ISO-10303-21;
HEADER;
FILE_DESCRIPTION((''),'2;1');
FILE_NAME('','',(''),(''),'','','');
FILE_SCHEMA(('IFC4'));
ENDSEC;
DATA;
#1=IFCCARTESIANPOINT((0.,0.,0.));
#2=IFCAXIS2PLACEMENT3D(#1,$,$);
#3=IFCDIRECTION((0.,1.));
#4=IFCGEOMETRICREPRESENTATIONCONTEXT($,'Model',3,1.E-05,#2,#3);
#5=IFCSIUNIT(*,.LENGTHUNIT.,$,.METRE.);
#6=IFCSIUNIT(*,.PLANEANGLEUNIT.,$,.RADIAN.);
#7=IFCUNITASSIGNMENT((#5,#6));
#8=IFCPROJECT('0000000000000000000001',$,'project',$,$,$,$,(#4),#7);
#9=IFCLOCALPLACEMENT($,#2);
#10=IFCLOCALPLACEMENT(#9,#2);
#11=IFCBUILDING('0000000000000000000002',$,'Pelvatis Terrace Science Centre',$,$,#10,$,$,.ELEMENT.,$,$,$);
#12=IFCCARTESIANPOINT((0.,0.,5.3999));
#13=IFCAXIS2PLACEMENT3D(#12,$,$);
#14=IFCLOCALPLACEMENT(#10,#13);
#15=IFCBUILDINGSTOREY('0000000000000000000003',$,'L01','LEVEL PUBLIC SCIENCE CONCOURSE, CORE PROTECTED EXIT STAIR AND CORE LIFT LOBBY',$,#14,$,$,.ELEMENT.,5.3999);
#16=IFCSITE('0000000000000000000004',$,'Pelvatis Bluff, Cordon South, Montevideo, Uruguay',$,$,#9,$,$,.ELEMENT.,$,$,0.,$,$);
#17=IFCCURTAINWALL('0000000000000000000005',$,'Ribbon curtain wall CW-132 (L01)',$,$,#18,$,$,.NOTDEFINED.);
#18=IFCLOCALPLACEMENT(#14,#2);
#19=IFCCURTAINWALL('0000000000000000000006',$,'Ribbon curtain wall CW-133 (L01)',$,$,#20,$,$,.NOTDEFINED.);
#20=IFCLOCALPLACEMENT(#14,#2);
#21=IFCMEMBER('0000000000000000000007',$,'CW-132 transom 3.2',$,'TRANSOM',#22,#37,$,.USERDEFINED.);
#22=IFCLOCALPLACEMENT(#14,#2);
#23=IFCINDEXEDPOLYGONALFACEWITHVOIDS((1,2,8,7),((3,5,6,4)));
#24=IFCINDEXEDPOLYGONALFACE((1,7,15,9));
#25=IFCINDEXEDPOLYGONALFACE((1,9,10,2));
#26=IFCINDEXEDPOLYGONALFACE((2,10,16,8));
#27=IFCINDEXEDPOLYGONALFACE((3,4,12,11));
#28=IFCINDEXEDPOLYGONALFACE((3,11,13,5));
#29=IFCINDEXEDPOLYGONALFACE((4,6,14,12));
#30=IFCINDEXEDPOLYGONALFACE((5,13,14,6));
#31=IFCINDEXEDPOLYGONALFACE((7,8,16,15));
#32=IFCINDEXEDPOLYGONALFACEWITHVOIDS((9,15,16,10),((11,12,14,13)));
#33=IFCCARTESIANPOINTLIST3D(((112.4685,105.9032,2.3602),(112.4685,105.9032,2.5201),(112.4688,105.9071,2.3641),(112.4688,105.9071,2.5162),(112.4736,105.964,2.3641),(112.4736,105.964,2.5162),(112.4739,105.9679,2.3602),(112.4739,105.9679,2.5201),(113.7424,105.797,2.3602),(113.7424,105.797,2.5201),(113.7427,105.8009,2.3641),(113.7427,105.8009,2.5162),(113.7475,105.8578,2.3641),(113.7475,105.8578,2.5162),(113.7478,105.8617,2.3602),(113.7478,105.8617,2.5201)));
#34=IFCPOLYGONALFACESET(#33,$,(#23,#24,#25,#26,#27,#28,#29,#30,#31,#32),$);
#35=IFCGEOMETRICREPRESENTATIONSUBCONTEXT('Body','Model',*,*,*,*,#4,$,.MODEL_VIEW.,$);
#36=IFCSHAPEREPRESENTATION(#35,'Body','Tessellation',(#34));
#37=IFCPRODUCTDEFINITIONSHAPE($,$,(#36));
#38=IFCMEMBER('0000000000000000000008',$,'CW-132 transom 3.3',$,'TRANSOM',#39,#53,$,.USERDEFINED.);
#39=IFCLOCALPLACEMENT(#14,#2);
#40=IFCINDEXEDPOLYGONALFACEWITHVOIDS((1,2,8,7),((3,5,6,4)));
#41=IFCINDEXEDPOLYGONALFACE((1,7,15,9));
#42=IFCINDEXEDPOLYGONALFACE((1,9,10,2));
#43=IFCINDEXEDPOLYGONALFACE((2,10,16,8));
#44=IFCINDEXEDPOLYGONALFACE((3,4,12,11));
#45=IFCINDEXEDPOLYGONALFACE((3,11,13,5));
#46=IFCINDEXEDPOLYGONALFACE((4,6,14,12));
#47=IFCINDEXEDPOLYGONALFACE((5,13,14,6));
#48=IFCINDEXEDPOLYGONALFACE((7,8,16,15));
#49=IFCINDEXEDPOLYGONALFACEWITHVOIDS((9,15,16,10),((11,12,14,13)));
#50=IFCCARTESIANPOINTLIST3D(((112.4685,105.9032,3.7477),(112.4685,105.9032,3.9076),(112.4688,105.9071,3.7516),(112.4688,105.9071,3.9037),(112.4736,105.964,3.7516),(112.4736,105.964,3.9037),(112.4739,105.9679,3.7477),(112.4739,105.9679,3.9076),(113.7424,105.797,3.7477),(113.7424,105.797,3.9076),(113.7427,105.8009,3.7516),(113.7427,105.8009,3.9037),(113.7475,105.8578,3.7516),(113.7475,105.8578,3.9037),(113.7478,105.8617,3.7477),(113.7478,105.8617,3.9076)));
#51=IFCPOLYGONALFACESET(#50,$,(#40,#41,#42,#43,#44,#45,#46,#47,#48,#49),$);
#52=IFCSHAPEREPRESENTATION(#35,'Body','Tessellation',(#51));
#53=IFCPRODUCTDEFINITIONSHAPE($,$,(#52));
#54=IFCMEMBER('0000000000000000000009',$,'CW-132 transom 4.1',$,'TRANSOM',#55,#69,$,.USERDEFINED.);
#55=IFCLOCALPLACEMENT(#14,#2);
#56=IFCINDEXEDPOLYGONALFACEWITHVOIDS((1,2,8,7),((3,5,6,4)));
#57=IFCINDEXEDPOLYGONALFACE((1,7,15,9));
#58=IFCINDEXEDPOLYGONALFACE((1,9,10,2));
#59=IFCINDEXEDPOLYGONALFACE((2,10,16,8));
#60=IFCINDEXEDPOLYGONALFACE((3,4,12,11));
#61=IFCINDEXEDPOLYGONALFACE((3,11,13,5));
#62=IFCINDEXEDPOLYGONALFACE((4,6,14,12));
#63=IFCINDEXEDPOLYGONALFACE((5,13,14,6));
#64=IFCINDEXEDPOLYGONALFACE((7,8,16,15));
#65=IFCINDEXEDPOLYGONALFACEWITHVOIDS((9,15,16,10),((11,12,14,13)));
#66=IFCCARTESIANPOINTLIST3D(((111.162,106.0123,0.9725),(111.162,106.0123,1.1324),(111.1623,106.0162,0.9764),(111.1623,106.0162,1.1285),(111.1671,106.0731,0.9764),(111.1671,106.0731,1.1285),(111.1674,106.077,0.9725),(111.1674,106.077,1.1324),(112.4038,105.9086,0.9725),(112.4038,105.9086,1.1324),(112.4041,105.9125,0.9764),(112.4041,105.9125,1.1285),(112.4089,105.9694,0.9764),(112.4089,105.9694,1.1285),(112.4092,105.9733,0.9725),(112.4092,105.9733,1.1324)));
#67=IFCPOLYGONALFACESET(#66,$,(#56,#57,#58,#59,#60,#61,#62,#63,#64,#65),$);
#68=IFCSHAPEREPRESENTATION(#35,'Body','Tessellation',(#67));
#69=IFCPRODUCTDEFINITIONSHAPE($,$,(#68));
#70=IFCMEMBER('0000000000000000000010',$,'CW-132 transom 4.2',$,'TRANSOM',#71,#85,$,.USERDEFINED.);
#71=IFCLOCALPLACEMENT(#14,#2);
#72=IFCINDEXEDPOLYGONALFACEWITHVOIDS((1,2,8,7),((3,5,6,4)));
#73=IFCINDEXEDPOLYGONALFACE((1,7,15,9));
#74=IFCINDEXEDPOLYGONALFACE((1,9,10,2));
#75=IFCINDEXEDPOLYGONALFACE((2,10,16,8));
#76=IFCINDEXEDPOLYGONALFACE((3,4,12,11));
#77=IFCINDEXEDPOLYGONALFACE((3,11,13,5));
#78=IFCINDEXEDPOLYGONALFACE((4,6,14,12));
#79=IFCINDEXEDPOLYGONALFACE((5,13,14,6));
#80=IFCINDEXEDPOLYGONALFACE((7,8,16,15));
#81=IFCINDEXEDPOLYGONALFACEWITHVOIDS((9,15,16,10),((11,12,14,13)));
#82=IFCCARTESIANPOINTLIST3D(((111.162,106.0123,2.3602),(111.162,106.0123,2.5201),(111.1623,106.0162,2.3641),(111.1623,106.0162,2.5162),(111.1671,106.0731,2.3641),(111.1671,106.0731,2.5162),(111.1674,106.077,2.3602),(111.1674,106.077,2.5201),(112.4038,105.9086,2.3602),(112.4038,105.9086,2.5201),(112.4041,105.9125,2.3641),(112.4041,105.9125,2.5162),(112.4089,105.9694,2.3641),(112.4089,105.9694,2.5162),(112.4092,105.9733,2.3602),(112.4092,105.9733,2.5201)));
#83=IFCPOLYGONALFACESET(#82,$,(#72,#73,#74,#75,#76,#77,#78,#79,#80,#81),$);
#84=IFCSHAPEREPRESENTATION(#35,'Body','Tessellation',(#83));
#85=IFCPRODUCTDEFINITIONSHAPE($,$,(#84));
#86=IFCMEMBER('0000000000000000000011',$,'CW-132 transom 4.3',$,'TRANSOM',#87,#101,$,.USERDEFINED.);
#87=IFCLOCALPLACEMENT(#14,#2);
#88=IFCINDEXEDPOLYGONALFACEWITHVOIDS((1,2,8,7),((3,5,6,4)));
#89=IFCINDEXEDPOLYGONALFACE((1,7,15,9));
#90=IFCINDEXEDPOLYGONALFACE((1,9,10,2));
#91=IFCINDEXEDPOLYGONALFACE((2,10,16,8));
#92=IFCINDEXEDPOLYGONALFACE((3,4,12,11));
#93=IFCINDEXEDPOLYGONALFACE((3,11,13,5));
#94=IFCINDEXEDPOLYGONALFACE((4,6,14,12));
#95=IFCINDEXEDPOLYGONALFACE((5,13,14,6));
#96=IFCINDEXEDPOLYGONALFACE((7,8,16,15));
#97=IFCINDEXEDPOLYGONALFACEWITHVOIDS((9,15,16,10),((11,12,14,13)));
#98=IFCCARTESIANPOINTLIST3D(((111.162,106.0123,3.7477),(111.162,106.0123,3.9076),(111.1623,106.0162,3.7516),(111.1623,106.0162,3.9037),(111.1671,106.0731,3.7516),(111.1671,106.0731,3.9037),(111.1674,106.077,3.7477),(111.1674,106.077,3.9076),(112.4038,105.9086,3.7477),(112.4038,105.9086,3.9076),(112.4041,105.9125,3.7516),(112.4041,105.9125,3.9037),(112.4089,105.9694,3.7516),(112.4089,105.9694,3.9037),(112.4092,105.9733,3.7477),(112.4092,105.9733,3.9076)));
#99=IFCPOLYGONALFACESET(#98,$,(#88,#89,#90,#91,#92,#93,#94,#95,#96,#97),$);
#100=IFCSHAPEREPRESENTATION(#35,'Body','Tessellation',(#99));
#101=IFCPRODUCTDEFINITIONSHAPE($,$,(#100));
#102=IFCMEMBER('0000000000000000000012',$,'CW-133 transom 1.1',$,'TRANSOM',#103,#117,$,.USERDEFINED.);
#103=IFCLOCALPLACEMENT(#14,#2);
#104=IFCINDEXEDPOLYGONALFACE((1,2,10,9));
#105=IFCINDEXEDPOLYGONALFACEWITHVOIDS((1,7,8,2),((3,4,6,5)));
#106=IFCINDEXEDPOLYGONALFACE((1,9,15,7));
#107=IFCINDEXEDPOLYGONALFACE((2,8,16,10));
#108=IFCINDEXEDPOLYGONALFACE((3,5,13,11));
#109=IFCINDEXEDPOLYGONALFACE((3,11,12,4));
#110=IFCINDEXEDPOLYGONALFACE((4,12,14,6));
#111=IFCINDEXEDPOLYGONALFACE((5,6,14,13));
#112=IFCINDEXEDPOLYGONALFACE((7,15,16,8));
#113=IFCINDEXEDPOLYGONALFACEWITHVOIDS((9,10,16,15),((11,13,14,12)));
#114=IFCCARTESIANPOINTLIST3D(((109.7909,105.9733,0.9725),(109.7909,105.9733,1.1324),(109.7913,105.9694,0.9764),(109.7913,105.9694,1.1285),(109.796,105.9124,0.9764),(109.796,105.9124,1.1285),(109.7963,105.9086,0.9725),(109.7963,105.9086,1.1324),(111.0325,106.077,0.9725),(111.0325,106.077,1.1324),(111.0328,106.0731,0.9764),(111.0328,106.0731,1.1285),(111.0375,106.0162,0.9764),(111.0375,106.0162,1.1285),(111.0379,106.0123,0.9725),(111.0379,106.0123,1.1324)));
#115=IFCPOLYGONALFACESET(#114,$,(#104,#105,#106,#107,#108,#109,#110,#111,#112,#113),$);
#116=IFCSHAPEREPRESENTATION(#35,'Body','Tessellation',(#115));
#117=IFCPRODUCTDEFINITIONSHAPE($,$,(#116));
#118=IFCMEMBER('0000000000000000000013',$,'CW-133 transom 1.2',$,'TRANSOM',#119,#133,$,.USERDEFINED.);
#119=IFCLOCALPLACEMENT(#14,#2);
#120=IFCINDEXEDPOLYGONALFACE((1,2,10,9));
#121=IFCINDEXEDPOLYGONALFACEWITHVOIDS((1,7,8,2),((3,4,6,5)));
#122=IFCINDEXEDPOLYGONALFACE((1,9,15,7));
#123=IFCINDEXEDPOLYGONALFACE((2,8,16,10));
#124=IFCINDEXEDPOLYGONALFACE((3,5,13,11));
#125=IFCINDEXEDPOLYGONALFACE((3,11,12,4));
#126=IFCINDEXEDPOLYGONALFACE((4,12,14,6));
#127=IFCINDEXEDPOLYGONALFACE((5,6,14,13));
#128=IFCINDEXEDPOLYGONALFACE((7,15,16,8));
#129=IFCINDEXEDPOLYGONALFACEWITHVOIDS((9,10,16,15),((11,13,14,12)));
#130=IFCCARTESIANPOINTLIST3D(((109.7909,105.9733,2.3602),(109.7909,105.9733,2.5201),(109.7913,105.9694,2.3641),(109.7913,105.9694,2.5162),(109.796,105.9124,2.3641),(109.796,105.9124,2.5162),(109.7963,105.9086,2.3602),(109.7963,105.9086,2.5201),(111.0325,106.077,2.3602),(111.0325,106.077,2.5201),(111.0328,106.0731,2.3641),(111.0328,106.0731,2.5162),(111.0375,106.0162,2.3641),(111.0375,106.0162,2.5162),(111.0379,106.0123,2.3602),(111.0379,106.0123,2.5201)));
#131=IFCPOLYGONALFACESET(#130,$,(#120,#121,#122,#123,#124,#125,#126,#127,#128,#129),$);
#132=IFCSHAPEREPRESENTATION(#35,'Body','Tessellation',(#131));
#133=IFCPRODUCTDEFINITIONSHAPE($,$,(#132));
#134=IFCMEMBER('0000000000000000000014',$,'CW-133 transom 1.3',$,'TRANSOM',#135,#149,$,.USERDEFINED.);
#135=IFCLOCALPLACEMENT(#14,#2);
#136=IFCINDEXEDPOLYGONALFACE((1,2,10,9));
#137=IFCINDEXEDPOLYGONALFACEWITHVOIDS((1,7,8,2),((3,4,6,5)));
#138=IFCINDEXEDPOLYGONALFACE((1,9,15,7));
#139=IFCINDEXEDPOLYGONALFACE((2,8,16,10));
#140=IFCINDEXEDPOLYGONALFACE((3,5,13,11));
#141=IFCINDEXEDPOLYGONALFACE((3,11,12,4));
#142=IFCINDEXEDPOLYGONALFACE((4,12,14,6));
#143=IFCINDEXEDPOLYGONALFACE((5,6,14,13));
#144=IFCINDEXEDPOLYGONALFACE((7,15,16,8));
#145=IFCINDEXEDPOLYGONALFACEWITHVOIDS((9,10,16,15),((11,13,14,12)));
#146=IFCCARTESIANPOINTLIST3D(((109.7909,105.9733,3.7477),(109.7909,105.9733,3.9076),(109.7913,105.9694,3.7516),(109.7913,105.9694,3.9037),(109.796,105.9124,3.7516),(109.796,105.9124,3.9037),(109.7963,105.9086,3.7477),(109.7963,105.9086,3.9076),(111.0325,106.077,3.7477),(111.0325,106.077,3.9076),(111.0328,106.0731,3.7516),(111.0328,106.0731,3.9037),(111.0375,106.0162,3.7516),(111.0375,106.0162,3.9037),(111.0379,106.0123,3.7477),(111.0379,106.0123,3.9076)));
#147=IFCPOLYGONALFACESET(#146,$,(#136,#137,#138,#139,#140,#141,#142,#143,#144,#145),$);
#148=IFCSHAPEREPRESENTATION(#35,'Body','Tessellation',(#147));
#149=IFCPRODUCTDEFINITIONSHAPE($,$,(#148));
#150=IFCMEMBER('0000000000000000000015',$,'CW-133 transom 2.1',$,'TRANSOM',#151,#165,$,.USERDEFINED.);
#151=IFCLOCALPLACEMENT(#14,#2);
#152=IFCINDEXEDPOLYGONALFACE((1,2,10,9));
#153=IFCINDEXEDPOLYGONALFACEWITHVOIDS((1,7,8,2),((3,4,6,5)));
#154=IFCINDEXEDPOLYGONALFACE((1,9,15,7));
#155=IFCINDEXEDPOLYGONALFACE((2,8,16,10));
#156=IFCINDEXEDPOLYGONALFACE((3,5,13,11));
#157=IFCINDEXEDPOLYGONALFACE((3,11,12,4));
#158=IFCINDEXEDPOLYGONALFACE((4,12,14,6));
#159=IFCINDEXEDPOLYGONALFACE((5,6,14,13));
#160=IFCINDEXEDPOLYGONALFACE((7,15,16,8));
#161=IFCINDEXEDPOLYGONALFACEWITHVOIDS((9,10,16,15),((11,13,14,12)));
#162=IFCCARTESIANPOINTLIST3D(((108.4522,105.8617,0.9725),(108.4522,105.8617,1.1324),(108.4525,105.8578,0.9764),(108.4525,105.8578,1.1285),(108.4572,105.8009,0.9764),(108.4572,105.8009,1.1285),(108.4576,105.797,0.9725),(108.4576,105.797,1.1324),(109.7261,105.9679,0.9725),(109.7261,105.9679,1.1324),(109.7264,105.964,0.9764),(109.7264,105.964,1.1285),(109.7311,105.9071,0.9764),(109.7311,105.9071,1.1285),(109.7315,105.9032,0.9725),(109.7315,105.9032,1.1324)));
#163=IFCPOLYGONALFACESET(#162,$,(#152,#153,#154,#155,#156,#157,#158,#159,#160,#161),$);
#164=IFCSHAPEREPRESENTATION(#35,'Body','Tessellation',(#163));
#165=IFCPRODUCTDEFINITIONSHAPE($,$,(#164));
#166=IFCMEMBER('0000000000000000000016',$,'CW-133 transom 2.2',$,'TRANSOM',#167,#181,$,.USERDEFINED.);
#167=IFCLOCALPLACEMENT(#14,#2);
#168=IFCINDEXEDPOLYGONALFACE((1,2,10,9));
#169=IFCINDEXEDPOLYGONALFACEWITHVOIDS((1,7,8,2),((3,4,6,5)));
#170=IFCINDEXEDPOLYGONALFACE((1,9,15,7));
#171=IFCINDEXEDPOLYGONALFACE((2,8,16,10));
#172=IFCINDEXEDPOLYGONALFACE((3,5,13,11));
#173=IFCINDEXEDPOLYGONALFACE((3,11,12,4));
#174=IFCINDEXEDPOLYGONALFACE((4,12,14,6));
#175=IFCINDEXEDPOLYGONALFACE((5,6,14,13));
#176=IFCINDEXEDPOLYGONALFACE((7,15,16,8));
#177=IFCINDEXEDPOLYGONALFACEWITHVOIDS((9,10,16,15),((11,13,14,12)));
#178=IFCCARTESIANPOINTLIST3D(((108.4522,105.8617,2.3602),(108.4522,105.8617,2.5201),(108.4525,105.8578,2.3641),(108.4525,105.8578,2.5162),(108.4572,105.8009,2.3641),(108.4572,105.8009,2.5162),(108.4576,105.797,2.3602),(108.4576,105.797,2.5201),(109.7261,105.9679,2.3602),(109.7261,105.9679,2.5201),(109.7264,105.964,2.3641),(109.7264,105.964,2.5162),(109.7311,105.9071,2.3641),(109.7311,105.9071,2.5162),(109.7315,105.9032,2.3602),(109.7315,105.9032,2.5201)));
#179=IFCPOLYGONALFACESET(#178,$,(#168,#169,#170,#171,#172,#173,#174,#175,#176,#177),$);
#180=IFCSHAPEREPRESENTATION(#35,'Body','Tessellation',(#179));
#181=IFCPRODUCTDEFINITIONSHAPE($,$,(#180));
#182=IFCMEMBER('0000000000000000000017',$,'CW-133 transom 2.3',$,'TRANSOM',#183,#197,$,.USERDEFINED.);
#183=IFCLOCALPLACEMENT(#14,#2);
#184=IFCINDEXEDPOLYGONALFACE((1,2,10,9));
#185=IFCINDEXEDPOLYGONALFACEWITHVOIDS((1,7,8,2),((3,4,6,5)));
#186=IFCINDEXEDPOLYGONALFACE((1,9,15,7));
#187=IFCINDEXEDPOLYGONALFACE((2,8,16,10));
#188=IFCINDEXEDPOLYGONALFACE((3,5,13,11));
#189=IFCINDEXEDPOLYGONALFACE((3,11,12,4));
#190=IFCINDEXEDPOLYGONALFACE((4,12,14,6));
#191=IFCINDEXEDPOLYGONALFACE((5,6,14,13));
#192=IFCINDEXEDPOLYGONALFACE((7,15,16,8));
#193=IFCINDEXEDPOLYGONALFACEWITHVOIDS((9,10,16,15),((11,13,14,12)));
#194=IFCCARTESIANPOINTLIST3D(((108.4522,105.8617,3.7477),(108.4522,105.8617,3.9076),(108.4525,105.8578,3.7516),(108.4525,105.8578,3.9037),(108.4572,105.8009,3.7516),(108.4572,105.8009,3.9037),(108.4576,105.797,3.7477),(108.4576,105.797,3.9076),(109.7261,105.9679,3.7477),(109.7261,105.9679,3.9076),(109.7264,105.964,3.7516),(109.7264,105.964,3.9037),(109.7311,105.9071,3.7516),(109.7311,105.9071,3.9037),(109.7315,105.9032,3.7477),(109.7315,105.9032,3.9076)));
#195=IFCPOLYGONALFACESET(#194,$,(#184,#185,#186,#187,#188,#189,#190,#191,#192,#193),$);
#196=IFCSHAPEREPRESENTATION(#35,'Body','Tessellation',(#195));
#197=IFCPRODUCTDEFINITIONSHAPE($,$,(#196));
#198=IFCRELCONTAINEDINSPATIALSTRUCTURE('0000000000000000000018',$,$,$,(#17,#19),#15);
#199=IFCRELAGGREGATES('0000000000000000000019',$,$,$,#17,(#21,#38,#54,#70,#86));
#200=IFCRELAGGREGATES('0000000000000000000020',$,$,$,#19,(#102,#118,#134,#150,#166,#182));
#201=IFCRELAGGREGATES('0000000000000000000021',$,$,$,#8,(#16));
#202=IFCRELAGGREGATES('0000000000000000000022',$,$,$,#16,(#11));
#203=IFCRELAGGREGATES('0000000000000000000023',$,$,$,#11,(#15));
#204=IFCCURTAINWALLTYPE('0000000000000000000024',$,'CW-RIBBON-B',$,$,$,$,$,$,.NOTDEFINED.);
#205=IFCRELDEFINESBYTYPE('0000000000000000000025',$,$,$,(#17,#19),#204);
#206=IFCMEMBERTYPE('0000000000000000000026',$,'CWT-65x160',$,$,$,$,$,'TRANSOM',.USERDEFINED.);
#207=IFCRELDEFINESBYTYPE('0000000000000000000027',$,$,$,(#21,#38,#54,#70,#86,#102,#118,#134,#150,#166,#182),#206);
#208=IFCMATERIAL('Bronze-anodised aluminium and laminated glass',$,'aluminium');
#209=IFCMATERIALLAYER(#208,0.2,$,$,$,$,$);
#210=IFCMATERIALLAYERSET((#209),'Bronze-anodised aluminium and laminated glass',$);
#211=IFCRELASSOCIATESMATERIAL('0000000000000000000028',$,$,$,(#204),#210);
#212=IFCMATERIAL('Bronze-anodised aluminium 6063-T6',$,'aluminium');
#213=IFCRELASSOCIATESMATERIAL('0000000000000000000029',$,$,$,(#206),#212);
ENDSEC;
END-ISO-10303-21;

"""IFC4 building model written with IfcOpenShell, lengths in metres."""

from ifc_helpers import new_model, si_unit, direction, frame, origin, origin_2d, place, context, subcontext, project, spatial, hollow_rectangle, extrude, material, layer, layer_set, material_profile, profile_set, type_object, element, aggregate, save


model = new_model("IFC4")

# Units and contexts
model_context = context("Model", 3, precision=1e-05, world=origin(), true_north=direction((0.0, 1.0)))
body_context = subcontext(model_context, "Body", "Model", "MODEL_VIEW")
ifc_project = project(units=[si_unit("LENGTHUNIT", "METRE"), si_unit("PLANEANGLEUNIT", "RADIAN")], contexts=[model_context])

# Site, building, storey
site_placement = place(None, origin())
site = spatial("IfcSite", under=ifc_project, at=site_placement, Name="Pelvatis Bluff, Cordon South, Montevideo, Uruguay", CompositionType="ELEMENT", RefElevation=0.0)
building_placement = place(site_placement, origin())
building = spatial("IfcBuilding", under=site, at=building_placement, Name="Pelvatis Terrace Science Centre", CompositionType="ELEMENT")
storey_placement = place(building_placement, frame((0.0, 0.0, 5.3999)))
storey = spatial("IfcBuildingStorey", under=building, at=storey_placement, Name="L01", Description="LEVEL PUBLIC SCIENCE CONCOURSE, CORE PROTECTED EXIT STAIR AND CORE LIFT LOBBY", CompositionType="ELEMENT", Elevation=5.3999)

# Curtain walls
ifc_material_1 = material(Name="Bronze-anodised aluminium and laminated glass", Category="aluminium")
ifc_layer_1 = layer(ifc_material_1, 0.2)
ifc_layer_set_1 = layer_set([ifc_layer_1], Name="Bronze-anodised aluminium and laminated glass")
curtain_wall_type = type_object("IfcCurtainWallType", Name="CW-RIBBON-B", PredefinedType="NOTDEFINED", material=ifc_layer_set_1)
curtain_wall_1_placement = place(storey_placement, origin())
curtain_wall_1 = element("IfcCurtainWall", 1, at=curtain_wall_1_placement, inside=storey, type_object=curtain_wall_type, Name="Ribbon curtain wall CW-132 (L01)", PredefinedType="NOTDEFINED")
curtain_wall_2_placement = place(storey_placement, origin())
curtain_wall_2 = element("IfcCurtainWall", 2, at=curtain_wall_2_placement, inside=storey, type_object=curtain_wall_type, Name="Ribbon curtain wall CW-133 (L01)", PredefinedType="NOTDEFINED")

# Members
ifc_material_2 = material(Name="Bronze-anodised aluminium 6063-T6", Category="aluminium")
ifc_material_profile_1 = material_profile(ifc_material_2, hollow_rectangle(XDim=0.0649, YDim=0.1599, WallThickness=0.0039, at=origin_2d()), Name="ALU-TRN 65x160")
ifc_profile_set_1 = profile_set([ifc_material_profile_1], Name="Bronze-anodised aluminium 6063-T6")
member_type_1 = type_object("IfcMemberType", Name="CWT-65x160", ElementType="TRANSOM", PredefinedType="USERDEFINED", material=ifc_profile_set_1)
member_1_placement = place(storey_placement, frame((113.7451, 105.8293, 2.4402), z_axis=(-0.996543, 0.083077, 0.0), x_axis=(-0.083077, -0.996543, 0.0)))
member_1 = element("IfcMember", 3, at=member_1_placement, type_object=member_type_1, Name="CW-132 transom 3.2", ObjectType="TRANSOM", PredefinedType="USERDEFINED", context=body_context, shape_type="SweptSolid", body=[
    extrude(hollow_rectangle(XDim=0.0649, YDim=0.1599, WallThickness=0.0039, at=origin_2d()), origin(), (0.0, 0.0, 1.0), 1.2783),
])
member_2_placement = place(storey_placement, frame((113.7451, 105.8293, 3.8276), z_axis=(-0.996543, 0.083077, 0.0), x_axis=(-0.083077, -0.996543, 0.0)))
member_2 = element("IfcMember", 4, at=member_2_placement, type_object=member_type_1, Name="CW-132 transom 3.3", ObjectType="TRANSOM", PredefinedType="USERDEFINED", context=body_context, shape_type="SweptSolid", body=[
    extrude(hollow_rectangle(XDim=0.0649, YDim=0.1599, WallThickness=0.0039, at=origin_2d()), origin(), (0.0, 0.0, 1.0), 1.2783),
])
member_3_placement = place(storey_placement, frame((112.4065, 105.9409, 1.0525), z_axis=(-0.996527, 0.083272, 0.0), x_axis=(-0.083272, -0.996527, 0.0)))
member_3 = element("IfcMember", 5, at=member_3_placement, type_object=member_type_1, Name="CW-132 transom 4.1", ObjectType="TRANSOM", PredefinedType="USERDEFINED", context=body_context, shape_type="SweptSolid", body=[
    extrude(hollow_rectangle(XDim=0.0649, YDim=0.1599, WallThickness=0.0039, at=origin_2d()), origin(), (0.0, 0.0, 1.0), 1.2461),
])
member_4_placement = place(storey_placement, frame((112.4065, 105.9409, 2.4402), z_axis=(-0.996527, 0.083272, 0.0), x_axis=(-0.083272, -0.996527, 0.0)))
member_4 = element("IfcMember", 6, at=member_4_placement, type_object=member_type_1, Name="CW-132 transom 4.2", ObjectType="TRANSOM", PredefinedType="USERDEFINED", context=body_context, shape_type="SweptSolid", body=[
    extrude(hollow_rectangle(XDim=0.0649, YDim=0.1599, WallThickness=0.0039, at=origin_2d()), origin(), (0.0, 0.0, 1.0), 1.2461),
])
member_5_placement = place(storey_placement, frame((112.4065, 105.9409, 3.8276), z_axis=(-0.996527, 0.083272, 0.0), x_axis=(-0.083272, -0.996527, 0.0)))
member_5 = element("IfcMember", 7, at=member_5_placement, type_object=member_type_1, Name="CW-132 transom 4.3", ObjectType="TRANSOM", PredefinedType="USERDEFINED", context=body_context, shape_type="SweptSolid", body=[
    extrude(hollow_rectangle(XDim=0.0649, YDim=0.1599, WallThickness=0.0039, at=origin_2d()), origin(), (0.0, 0.0, 1.0), 1.2461),
])
member_6_placement = place(storey_placement, frame((111.0352, 106.0447, 1.0525), z_axis=(-0.996525, -0.083289, 0.0), x_axis=(0.083289, -0.996525, 0.0)))
member_6 = element("IfcMember", 8, at=member_6_placement, type_object=member_type_1, Name="CW-133 transom 1.1", ObjectType="TRANSOM", PredefinedType="USERDEFINED", context=body_context, shape_type="SweptSolid", body=[
    extrude(hollow_rectangle(XDim=0.0649, YDim=0.1599, WallThickness=0.0039, at=origin_2d()), origin(), (0.0, 0.0, 1.0), 1.2458),
])
member_7_placement = place(storey_placement, frame((111.0352, 106.0447, 2.4402), z_axis=(-0.996525, -0.083289, 0.0), x_axis=(0.083289, -0.996525, 0.0)))
member_7 = element("IfcMember", 9, at=member_7_placement, type_object=member_type_1, Name="CW-133 transom 1.2", ObjectType="TRANSOM", PredefinedType="USERDEFINED", context=body_context, shape_type="SweptSolid", body=[
    extrude(hollow_rectangle(XDim=0.0649, YDim=0.1599, WallThickness=0.0039, at=origin_2d()), origin(), (0.0, 0.0, 1.0), 1.2458),
])
member_8_placement = place(storey_placement, frame((111.0352, 106.0447, 3.8276), z_axis=(-0.996525, -0.083289, 0.0), x_axis=(0.083289, -0.996525, 0.0)))
member_8 = element("IfcMember", 10, at=member_8_placement, type_object=member_type_1, Name="CW-133 transom 1.3", ObjectType="TRANSOM", PredefinedType="USERDEFINED", context=body_context, shape_type="SweptSolid", body=[
    extrude(hollow_rectangle(XDim=0.0649, YDim=0.1599, WallThickness=0.0039, at=origin_2d()), origin(), (0.0, 0.0, 1.0), 1.2458),
])
member_9_placement = place(storey_placement, frame((109.7288, 105.9355, 1.0525), z_axis=(-0.996543, -0.083077, 0.0), x_axis=(0.083077, -0.996543, 0.0)))
member_9 = element("IfcMember", 11, at=member_9_placement, type_object=member_type_1, Name="CW-133 transom 2.1", ObjectType="TRANSOM", PredefinedType="USERDEFINED", context=body_context, shape_type="SweptSolid", body=[
    extrude(hollow_rectangle(XDim=0.0649, YDim=0.1599, WallThickness=0.0039, at=origin_2d()), origin(), (0.0, 0.0, 1.0), 1.2783),
])
member_10_placement = place(storey_placement, frame((109.7288, 105.9355, 2.4402), z_axis=(-0.996543, -0.083077, 0.0), x_axis=(0.083077, -0.996543, 0.0)))
member_10 = element("IfcMember", 12, at=member_10_placement, type_object=member_type_1, Name="CW-133 transom 2.2", ObjectType="TRANSOM", PredefinedType="USERDEFINED", context=body_context, shape_type="SweptSolid", body=[
    extrude(hollow_rectangle(XDim=0.0649, YDim=0.1599, WallThickness=0.0039, at=origin_2d()), origin(), (0.0, 0.0, 1.0), 1.2783),
])
member_11_placement = place(storey_placement, frame((109.7288, 105.9355, 3.8276), z_axis=(-0.996543, -0.083077, 0.0), x_axis=(0.083077, -0.996543, 0.0)))
member_11 = element("IfcMember", 13, at=member_11_placement, type_object=member_type_1, Name="CW-133 transom 2.3", ObjectType="TRANSOM", PredefinedType="USERDEFINED", context=body_context, shape_type="SweptSolid", body=[
    extrude(hollow_rectangle(XDim=0.0649, YDim=0.1599, WallThickness=0.0039, at=origin_2d()), origin(), (0.0, 0.0, 1.0), 1.2783),
])

aggregate(curtain_wall_1, [member_1, member_2, member_3, member_4, member_5])
aggregate(curtain_wall_2, [member_6, member_7, member_8, member_9, member_10, member_11])

save(model, "model.ifc")
